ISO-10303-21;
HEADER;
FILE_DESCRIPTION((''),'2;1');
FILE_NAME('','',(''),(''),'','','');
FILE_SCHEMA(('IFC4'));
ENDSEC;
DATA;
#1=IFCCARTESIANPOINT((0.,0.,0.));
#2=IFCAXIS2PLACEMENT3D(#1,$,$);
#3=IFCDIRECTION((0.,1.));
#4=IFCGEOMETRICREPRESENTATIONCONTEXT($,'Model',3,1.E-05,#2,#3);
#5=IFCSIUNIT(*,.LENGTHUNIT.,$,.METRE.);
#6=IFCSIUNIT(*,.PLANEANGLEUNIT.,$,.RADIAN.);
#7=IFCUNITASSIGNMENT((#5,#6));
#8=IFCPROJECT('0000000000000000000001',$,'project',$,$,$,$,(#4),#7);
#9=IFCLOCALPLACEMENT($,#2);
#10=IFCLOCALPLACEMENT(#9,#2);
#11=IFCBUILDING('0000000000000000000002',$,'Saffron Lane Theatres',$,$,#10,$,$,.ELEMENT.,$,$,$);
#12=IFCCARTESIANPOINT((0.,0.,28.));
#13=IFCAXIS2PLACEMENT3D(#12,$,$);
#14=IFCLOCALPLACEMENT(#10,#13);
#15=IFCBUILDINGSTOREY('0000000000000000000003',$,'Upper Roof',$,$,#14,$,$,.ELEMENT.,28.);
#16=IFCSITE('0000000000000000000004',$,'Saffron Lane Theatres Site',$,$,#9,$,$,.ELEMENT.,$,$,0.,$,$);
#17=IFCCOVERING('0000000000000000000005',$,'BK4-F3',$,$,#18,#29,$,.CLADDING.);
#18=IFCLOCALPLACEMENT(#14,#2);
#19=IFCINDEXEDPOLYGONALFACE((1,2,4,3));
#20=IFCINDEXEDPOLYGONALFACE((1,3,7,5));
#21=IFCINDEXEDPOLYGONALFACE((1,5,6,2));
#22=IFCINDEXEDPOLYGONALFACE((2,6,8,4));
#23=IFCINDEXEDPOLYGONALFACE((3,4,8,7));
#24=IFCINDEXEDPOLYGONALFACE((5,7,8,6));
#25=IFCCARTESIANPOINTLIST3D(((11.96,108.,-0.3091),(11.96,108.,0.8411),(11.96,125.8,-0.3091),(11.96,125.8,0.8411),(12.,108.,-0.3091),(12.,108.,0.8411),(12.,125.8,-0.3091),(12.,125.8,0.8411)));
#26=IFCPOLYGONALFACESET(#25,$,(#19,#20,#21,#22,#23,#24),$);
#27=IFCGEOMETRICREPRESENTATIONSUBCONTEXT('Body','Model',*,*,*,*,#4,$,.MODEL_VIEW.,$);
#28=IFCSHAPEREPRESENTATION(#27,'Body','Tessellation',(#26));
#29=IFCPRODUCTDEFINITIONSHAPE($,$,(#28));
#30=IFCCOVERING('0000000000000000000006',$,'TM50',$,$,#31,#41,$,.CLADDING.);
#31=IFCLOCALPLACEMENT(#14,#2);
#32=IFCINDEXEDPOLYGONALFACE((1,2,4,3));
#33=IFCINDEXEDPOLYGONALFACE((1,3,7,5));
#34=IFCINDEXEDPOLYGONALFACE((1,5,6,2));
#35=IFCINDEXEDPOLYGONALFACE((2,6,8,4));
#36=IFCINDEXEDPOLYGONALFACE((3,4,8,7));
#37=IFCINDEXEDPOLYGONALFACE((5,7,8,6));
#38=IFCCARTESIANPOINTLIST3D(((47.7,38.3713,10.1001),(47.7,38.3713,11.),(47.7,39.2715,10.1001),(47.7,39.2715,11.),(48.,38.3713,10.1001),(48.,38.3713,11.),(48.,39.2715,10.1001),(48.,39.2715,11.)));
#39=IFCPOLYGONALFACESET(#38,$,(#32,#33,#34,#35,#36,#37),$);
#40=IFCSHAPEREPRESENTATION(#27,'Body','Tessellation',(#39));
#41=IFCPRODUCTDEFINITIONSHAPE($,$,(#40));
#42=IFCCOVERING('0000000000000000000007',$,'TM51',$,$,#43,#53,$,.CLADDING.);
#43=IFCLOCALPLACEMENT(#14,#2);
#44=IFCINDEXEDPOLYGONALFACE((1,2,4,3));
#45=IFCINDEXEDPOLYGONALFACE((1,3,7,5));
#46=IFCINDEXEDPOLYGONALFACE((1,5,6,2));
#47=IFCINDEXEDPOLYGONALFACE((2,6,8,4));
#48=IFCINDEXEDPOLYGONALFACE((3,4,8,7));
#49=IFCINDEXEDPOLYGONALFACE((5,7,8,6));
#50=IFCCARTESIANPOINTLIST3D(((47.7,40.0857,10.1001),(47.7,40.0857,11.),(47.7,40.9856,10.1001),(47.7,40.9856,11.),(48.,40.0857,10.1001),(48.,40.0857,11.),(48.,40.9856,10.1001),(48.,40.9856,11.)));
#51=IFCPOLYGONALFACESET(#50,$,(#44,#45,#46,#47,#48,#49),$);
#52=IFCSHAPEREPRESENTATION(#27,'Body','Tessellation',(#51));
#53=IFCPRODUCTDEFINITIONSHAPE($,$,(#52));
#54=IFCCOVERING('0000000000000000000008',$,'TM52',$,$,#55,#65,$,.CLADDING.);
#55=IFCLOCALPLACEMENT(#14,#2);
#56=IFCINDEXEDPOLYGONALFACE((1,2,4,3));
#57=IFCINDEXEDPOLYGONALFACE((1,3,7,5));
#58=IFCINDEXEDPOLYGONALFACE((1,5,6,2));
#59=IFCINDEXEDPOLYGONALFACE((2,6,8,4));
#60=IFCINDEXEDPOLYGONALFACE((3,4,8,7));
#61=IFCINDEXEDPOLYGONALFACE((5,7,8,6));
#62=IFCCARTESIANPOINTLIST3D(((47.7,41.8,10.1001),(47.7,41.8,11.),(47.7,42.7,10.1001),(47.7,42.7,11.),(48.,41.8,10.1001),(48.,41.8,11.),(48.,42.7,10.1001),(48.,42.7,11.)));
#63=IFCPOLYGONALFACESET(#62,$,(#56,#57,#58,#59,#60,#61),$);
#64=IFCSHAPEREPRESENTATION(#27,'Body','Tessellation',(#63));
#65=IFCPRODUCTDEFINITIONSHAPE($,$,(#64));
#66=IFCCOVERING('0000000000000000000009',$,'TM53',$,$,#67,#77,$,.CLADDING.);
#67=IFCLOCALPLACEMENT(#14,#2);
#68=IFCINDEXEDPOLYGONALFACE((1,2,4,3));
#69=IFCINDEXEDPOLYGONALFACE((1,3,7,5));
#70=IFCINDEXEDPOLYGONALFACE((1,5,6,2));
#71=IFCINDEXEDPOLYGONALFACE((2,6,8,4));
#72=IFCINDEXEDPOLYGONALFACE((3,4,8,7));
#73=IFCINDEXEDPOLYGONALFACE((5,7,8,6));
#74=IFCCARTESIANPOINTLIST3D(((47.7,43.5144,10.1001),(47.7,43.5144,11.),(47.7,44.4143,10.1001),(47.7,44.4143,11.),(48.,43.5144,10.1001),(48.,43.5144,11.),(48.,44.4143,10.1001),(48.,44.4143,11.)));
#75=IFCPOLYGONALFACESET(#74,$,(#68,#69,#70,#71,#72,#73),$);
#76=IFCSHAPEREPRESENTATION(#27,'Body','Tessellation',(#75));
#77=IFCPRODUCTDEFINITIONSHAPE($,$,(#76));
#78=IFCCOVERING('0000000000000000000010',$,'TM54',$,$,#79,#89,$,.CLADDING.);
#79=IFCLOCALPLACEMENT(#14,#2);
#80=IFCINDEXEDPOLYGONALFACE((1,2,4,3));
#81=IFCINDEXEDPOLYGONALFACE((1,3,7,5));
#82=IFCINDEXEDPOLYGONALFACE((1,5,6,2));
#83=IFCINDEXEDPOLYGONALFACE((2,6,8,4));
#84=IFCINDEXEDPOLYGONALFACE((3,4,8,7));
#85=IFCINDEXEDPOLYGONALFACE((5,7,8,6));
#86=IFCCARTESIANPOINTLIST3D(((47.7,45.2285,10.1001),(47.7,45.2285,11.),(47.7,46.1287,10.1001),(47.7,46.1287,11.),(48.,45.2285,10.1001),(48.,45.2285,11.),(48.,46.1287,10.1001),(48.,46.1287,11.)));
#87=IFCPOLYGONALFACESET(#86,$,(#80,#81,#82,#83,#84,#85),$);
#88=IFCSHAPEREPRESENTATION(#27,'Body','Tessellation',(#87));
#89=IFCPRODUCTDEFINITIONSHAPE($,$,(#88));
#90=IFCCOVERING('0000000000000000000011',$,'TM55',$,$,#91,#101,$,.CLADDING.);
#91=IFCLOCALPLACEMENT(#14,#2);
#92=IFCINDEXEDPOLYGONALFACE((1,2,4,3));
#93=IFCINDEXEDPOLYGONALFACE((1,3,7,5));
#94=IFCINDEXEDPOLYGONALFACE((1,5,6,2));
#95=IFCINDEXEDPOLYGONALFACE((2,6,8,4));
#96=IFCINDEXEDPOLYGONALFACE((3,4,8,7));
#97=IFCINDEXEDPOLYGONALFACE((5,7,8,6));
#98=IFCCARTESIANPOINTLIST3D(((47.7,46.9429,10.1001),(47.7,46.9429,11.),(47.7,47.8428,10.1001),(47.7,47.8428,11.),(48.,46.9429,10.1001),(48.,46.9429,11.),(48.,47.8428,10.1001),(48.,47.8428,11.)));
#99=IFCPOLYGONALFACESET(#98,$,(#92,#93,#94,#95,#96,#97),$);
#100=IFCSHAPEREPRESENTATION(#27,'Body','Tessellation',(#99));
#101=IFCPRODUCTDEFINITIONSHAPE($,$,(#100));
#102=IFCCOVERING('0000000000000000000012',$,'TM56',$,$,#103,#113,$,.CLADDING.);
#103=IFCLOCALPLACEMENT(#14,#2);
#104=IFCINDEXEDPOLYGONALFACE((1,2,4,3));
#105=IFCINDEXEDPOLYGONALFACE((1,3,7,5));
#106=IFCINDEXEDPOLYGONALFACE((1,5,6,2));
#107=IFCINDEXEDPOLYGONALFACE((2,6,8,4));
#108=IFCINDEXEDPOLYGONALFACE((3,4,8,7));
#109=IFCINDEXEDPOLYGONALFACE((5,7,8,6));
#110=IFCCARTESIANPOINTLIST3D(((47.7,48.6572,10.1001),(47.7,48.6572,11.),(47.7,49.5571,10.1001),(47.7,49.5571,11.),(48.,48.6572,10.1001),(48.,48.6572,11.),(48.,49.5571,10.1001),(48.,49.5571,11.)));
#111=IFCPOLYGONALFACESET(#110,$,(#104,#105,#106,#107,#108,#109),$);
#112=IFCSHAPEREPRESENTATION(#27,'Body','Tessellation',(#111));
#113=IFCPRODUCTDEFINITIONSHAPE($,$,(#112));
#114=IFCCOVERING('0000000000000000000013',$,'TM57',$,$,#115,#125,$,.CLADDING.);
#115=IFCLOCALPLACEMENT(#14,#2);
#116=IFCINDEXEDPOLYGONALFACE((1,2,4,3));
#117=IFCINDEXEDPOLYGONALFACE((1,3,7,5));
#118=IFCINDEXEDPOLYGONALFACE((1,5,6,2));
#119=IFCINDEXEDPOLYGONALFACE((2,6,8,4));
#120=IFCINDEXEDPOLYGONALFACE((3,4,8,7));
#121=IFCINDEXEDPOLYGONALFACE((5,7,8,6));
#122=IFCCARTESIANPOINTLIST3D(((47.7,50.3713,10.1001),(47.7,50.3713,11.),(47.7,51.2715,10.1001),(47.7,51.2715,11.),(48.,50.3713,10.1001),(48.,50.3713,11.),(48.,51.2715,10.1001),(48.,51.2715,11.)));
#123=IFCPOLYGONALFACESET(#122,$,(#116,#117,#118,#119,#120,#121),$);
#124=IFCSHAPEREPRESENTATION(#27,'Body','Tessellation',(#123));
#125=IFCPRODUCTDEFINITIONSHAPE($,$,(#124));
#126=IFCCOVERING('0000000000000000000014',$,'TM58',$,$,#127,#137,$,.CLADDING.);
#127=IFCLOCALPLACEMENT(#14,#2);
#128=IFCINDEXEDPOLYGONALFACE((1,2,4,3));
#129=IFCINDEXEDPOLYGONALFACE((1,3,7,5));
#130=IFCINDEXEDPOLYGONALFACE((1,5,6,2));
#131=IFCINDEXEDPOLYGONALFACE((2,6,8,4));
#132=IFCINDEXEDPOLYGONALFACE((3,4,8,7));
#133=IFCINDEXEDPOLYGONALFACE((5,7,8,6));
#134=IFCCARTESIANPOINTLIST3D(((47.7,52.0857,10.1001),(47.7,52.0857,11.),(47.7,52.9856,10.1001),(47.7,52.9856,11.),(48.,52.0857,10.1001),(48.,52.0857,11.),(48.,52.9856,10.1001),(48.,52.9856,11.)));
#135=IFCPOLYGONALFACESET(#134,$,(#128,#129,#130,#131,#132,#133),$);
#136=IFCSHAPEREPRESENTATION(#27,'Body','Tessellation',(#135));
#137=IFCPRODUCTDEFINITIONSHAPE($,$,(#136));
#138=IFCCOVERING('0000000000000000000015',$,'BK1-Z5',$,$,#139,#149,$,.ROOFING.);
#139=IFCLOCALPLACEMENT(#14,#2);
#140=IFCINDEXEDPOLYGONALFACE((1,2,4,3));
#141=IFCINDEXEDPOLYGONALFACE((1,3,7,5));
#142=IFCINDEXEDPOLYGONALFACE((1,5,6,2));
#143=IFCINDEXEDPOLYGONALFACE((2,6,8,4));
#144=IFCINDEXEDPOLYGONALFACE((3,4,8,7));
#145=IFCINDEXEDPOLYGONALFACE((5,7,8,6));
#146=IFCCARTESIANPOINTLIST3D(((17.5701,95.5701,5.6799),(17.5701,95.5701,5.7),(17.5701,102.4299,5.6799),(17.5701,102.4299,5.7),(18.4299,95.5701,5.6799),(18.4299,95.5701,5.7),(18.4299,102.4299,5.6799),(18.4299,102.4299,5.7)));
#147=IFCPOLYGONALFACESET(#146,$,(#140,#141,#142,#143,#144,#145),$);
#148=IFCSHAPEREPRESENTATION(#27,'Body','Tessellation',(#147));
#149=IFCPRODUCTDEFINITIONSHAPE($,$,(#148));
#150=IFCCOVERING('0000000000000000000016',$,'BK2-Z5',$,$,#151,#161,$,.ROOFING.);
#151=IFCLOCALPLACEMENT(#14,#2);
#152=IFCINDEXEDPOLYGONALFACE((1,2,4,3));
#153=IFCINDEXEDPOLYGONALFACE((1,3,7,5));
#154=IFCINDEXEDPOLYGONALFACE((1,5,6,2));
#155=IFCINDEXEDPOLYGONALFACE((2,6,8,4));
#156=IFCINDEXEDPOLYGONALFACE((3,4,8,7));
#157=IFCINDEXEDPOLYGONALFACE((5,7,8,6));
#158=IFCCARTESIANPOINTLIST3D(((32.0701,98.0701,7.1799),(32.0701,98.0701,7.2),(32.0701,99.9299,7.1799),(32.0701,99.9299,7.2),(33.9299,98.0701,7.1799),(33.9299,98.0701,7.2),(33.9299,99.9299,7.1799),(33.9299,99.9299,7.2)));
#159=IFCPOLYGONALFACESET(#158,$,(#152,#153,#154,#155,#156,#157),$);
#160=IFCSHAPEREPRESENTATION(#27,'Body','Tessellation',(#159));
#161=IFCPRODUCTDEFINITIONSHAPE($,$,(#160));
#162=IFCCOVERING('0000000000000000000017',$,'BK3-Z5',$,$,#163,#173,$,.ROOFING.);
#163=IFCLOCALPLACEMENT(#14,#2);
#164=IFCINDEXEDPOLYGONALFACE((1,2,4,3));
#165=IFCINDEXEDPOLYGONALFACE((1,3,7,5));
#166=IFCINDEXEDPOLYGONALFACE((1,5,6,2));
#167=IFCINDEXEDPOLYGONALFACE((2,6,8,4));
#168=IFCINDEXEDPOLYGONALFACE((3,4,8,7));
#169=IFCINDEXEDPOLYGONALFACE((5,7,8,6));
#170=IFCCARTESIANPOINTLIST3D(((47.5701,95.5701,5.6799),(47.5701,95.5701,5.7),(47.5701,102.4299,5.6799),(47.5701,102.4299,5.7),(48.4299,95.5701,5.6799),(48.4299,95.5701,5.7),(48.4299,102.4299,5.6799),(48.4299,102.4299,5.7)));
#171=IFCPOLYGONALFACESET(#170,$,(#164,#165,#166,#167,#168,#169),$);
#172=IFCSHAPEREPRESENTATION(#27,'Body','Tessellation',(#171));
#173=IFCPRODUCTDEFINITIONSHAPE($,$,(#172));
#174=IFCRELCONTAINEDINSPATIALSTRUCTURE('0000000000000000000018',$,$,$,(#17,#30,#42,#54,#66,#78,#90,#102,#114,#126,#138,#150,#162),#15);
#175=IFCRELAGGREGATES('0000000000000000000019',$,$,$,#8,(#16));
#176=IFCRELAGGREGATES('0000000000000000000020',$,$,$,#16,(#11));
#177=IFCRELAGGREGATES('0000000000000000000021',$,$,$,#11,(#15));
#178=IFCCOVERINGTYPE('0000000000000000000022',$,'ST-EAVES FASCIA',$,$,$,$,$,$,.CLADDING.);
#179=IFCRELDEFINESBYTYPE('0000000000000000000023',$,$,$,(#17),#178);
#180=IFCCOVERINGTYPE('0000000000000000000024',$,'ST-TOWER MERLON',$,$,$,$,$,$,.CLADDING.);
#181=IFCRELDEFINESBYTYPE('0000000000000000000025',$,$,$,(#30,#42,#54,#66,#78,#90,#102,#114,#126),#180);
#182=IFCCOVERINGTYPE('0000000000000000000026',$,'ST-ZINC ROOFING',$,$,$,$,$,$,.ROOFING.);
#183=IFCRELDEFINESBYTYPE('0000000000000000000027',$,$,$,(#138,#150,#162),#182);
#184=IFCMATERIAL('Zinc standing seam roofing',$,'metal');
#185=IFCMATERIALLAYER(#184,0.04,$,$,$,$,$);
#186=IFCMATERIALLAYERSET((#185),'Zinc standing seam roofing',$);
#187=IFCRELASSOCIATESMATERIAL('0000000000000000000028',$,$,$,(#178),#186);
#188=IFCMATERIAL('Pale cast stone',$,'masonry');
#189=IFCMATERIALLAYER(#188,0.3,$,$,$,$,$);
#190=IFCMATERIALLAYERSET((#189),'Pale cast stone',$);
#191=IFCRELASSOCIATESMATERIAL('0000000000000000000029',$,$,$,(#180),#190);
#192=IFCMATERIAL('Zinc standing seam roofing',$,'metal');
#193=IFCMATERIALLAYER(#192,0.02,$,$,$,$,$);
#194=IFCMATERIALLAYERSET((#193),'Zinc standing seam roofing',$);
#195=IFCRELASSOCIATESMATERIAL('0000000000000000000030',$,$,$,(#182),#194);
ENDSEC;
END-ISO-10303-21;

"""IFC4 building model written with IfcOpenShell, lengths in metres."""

from ifc_helpers import new_model, si_unit, direction, frame, origin, place, context, subcontext, project, spatial, polyline, outline, extrude, material, layer, layer_set, type_object, element, save


model = new_model("IFC4")

# Units and contexts
model_context = context("Model", 3, precision=1e-05, world=origin(), true_north=direction((0.0, 1.0)))
body_context = subcontext(model_context, "Body", "Model", "MODEL_VIEW")
ifc_project = project(units=[si_unit("LENGTHUNIT", "METRE"), si_unit("PLANEANGLEUNIT", "RADIAN")], contexts=[model_context])

# Site, building, storey
site_placement = place(None, origin())
site = spatial("IfcSite", under=ifc_project, at=site_placement, Name="Saffron Lane Theatres Site", CompositionType="ELEMENT", RefElevation=0.0)
building_placement = place(site_placement, origin())
building = spatial("IfcBuilding", under=site, at=building_placement, Name="Saffron Lane Theatres", CompositionType="ELEMENT")
storey_placement = place(building_placement, frame((0.0, 0.0, 28.0)))
storey = spatial("IfcBuildingStorey", under=building, at=storey_placement, Name="Upper Roof", CompositionType="ELEMENT", Elevation=28.0)

# Coverings
ifc_material_1 = material(Name="Zinc standing seam roofing", Category="metal")
ifc_layer_1 = layer(ifc_material_1, 0.04)
ifc_layer_set_1 = layer_set([ifc_layer_1], Name="Zinc standing seam roofing")
covering_type_1 = type_object("IfcCoveringType", Name="ST-EAVES FASCIA", PredefinedType="CLADDING", material=ifc_layer_set_1)
covering_1_placement = place(storey_placement, frame((0.0, 0.0, -0.3091)))
element("IfcCovering", 1, at=covering_1_placement, inside=storey, type_object=covering_type_1, Name="BK4-F3", PredefinedType="CLADDING", context=body_context, shape_type="SweptSolid", body=[
    extrude(outline(polyline([(11.96, 108.0), (12.0, 108.0), (12.0, 125.8), (11.96, 125.8), (11.96, 108.0)])), origin(), (0.0, 0.0, 1.0), 1.1501),
])
ifc_material_2 = material(Name="Pale cast stone", Category="masonry")
ifc_layer_2 = layer(ifc_material_2, 0.3)
ifc_layer_set_2 = layer_set([ifc_layer_2], Name="Pale cast stone")
covering_type_2 = type_object("IfcCoveringType", Name="ST-TOWER MERLON", PredefinedType="CLADDING", material=ifc_layer_set_2)
covering_2_placement = place(storey_placement, frame((0.0, 0.0, 10.1001)))
element("IfcCovering", 2, at=covering_2_placement, inside=storey, type_object=covering_type_2, Name="TM50", PredefinedType="CLADDING", context=body_context, shape_type="SweptSolid", body=[
    extrude(outline(polyline([(47.7, 38.3713), (48.0, 38.3713), (48.0, 39.2715), (47.7, 39.2715), (47.7, 38.3713)])), origin(), (0.0, 0.0, 1.0), 0.8999),
])
covering_3_placement = place(storey_placement, frame((0.0, 0.0, 10.1001)))
element("IfcCovering", 3, at=covering_3_placement, inside=storey, type_object=covering_type_2, Name="TM51", PredefinedType="CLADDING", context=body_context, shape_type="SweptSolid", body=[
    extrude(outline(polyline([(47.7, 40.0857), (48.0, 40.0857), (48.0, 40.9856), (47.7, 40.9856), (47.7, 40.0857)])), origin(), (0.0, 0.0, 1.0), 0.8999),
])
covering_4_placement = place(storey_placement, frame((0.0, 0.0, 10.1001)))
element("IfcCovering", 4, at=covering_4_placement, inside=storey, type_object=covering_type_2, Name="TM52", PredefinedType="CLADDING", context=body_context, shape_type="SweptSolid", body=[
    extrude(outline(polyline([(47.7, 41.8), (48.0, 41.8), (48.0, 42.7), (47.7, 42.7), (47.7, 41.8)])), origin(), (0.0, 0.0, 1.0), 0.8999),
])
covering_5_placement = place(storey_placement, frame((0.0, 0.0, 10.1001)))
element("IfcCovering", 5, at=covering_5_placement, inside=storey, type_object=covering_type_2, Name="TM53", PredefinedType="CLADDING", context=body_context, shape_type="SweptSolid", body=[
    extrude(outline(polyline([(47.7, 43.5144), (48.0, 43.5144), (48.0, 44.4143), (47.7, 44.4143), (47.7, 43.5144)])), origin(), (0.0, 0.0, 1.0), 0.8999),
])
covering_6_placement = place(storey_placement, frame((0.0, 0.0, 10.1001)))
element("IfcCovering", 6, at=covering_6_placement, inside=storey, type_object=covering_type_2, Name="TM54", PredefinedType="CLADDING", context=body_context, shape_type="SweptSolid", body=[
    extrude(outline(polyline([(47.7, 45.2285), (48.0, 45.2285), (48.0, 46.1287), (47.7, 46.1287), (47.7, 45.2285)])), origin(), (0.0, 0.0, 1.0), 0.8999),
])
covering_7_placement = place(storey_placement, frame((0.0, 0.0, 10.1001)))
element("IfcCovering", 7, at=covering_7_placement, inside=storey, type_object=covering_type_2, Name="TM55", PredefinedType="CLADDING", context=body_context, shape_type="SweptSolid", body=[
    extrude(outline(polyline([(47.7, 46.9429), (48.0, 46.9429), (48.0, 47.8428), (47.7, 47.8428), (47.7, 46.9429)])), origin(), (0.0, 0.0, 1.0), 0.8999),
])
covering_8_placement = place(storey_placement, frame((0.0, 0.0, 10.1001)))
element("IfcCovering", 8, at=covering_8_placement, inside=storey, type_object=covering_type_2, Name="TM56", PredefinedType="CLADDING", context=body_context, shape_type="SweptSolid", body=[
    extrude(outline(polyline([(47.7, 48.6572), (48.0, 48.6572), (48.0, 49.5571), (47.7, 49.5571), (47.7, 48.6572)])), origin(), (0.0, 0.0, 1.0), 0.8999),
])
covering_9_placement = place(storey_placement, frame((0.0, 0.0, 10.1001)))
element("IfcCovering", 9, at=covering_9_placement, inside=storey, type_object=covering_type_2, Name="TM57", PredefinedType="CLADDING", context=body_context, shape_type="SweptSolid", body=[
    extrude(outline(polyline([(47.7, 50.3713), (48.0, 50.3713), (48.0, 51.2715), (47.7, 51.2715), (47.7, 50.3713)])), origin(), (0.0, 0.0, 1.0), 0.8999),
])
covering_10_placement = place(storey_placement, frame((0.0, 0.0, 10.1001)))
element("IfcCovering", 10, at=covering_10_placement, inside=storey, type_object=covering_type_2, Name="TM58", PredefinedType="CLADDING", context=body_context, shape_type="SweptSolid", body=[
    extrude(outline(polyline([(47.7, 52.0857), (48.0, 52.0857), (48.0, 52.9856), (47.7, 52.9856), (47.7, 52.0857)])), origin(), (0.0, 0.0, 1.0), 0.8999),
])
ifc_material_3 = material(Name="Zinc standing seam roofing", Category="metal")
ifc_layer_3 = layer(ifc_material_3, 0.02)
ifc_layer_set_3 = layer_set([ifc_layer_3], Name="Zinc standing seam roofing")
covering_type_3 = type_object("IfcCoveringType", Name="ST-ZINC ROOFING", PredefinedType="ROOFING", material=ifc_layer_set_3)
covering_11_placement = place(storey_placement, frame((0.0, 0.0, 5.6799)))
element("IfcCovering", 11, at=covering_11_placement, inside=storey, type_object=covering_type_3, Name="BK1-Z5", PredefinedType="ROOFING", context=body_context, shape_type="SweptSolid", body=[
    extrude(outline(polyline([(17.5701, 95.5701), (18.4299, 95.5701), (18.4299, 102.4299), (17.5701, 102.4299), (17.5701, 95.5701)])), origin(), (0.0, 0.0, 1.0), 0.02),
])
covering_12_placement = place(storey_placement, frame((0.0, 0.0, 7.1799)))
element("IfcCovering", 12, at=covering_12_placement, inside=storey, type_object=covering_type_3, Name="BK2-Z5", PredefinedType="ROOFING", context=body_context, shape_type="SweptSolid", body=[
    extrude(outline(polyline([(32.0701, 98.0701), (33.9299, 98.0701), (33.9299, 99.9299), (32.0701, 99.9299), (32.0701, 98.0701)])), origin(), (0.0, 0.0, 1.0), 0.02),
])
covering_13_placement = place(storey_placement, frame((0.0, 0.0, 5.6799)))
element("IfcCovering", 13, at=covering_13_placement, inside=storey, type_object=covering_type_3, Name="BK3-Z5", PredefinedType="ROOFING", context=body_context, shape_type="SweptSolid", body=[
    extrude(outline(polyline([(47.5701, 95.5701), (48.4299, 95.5701), (48.4299, 102.4299), (47.5701, 102.4299), (47.5701, 95.5701)])), origin(), (0.0, 0.0, 1.0), 0.02),
])

save(model, "model.ifc")
